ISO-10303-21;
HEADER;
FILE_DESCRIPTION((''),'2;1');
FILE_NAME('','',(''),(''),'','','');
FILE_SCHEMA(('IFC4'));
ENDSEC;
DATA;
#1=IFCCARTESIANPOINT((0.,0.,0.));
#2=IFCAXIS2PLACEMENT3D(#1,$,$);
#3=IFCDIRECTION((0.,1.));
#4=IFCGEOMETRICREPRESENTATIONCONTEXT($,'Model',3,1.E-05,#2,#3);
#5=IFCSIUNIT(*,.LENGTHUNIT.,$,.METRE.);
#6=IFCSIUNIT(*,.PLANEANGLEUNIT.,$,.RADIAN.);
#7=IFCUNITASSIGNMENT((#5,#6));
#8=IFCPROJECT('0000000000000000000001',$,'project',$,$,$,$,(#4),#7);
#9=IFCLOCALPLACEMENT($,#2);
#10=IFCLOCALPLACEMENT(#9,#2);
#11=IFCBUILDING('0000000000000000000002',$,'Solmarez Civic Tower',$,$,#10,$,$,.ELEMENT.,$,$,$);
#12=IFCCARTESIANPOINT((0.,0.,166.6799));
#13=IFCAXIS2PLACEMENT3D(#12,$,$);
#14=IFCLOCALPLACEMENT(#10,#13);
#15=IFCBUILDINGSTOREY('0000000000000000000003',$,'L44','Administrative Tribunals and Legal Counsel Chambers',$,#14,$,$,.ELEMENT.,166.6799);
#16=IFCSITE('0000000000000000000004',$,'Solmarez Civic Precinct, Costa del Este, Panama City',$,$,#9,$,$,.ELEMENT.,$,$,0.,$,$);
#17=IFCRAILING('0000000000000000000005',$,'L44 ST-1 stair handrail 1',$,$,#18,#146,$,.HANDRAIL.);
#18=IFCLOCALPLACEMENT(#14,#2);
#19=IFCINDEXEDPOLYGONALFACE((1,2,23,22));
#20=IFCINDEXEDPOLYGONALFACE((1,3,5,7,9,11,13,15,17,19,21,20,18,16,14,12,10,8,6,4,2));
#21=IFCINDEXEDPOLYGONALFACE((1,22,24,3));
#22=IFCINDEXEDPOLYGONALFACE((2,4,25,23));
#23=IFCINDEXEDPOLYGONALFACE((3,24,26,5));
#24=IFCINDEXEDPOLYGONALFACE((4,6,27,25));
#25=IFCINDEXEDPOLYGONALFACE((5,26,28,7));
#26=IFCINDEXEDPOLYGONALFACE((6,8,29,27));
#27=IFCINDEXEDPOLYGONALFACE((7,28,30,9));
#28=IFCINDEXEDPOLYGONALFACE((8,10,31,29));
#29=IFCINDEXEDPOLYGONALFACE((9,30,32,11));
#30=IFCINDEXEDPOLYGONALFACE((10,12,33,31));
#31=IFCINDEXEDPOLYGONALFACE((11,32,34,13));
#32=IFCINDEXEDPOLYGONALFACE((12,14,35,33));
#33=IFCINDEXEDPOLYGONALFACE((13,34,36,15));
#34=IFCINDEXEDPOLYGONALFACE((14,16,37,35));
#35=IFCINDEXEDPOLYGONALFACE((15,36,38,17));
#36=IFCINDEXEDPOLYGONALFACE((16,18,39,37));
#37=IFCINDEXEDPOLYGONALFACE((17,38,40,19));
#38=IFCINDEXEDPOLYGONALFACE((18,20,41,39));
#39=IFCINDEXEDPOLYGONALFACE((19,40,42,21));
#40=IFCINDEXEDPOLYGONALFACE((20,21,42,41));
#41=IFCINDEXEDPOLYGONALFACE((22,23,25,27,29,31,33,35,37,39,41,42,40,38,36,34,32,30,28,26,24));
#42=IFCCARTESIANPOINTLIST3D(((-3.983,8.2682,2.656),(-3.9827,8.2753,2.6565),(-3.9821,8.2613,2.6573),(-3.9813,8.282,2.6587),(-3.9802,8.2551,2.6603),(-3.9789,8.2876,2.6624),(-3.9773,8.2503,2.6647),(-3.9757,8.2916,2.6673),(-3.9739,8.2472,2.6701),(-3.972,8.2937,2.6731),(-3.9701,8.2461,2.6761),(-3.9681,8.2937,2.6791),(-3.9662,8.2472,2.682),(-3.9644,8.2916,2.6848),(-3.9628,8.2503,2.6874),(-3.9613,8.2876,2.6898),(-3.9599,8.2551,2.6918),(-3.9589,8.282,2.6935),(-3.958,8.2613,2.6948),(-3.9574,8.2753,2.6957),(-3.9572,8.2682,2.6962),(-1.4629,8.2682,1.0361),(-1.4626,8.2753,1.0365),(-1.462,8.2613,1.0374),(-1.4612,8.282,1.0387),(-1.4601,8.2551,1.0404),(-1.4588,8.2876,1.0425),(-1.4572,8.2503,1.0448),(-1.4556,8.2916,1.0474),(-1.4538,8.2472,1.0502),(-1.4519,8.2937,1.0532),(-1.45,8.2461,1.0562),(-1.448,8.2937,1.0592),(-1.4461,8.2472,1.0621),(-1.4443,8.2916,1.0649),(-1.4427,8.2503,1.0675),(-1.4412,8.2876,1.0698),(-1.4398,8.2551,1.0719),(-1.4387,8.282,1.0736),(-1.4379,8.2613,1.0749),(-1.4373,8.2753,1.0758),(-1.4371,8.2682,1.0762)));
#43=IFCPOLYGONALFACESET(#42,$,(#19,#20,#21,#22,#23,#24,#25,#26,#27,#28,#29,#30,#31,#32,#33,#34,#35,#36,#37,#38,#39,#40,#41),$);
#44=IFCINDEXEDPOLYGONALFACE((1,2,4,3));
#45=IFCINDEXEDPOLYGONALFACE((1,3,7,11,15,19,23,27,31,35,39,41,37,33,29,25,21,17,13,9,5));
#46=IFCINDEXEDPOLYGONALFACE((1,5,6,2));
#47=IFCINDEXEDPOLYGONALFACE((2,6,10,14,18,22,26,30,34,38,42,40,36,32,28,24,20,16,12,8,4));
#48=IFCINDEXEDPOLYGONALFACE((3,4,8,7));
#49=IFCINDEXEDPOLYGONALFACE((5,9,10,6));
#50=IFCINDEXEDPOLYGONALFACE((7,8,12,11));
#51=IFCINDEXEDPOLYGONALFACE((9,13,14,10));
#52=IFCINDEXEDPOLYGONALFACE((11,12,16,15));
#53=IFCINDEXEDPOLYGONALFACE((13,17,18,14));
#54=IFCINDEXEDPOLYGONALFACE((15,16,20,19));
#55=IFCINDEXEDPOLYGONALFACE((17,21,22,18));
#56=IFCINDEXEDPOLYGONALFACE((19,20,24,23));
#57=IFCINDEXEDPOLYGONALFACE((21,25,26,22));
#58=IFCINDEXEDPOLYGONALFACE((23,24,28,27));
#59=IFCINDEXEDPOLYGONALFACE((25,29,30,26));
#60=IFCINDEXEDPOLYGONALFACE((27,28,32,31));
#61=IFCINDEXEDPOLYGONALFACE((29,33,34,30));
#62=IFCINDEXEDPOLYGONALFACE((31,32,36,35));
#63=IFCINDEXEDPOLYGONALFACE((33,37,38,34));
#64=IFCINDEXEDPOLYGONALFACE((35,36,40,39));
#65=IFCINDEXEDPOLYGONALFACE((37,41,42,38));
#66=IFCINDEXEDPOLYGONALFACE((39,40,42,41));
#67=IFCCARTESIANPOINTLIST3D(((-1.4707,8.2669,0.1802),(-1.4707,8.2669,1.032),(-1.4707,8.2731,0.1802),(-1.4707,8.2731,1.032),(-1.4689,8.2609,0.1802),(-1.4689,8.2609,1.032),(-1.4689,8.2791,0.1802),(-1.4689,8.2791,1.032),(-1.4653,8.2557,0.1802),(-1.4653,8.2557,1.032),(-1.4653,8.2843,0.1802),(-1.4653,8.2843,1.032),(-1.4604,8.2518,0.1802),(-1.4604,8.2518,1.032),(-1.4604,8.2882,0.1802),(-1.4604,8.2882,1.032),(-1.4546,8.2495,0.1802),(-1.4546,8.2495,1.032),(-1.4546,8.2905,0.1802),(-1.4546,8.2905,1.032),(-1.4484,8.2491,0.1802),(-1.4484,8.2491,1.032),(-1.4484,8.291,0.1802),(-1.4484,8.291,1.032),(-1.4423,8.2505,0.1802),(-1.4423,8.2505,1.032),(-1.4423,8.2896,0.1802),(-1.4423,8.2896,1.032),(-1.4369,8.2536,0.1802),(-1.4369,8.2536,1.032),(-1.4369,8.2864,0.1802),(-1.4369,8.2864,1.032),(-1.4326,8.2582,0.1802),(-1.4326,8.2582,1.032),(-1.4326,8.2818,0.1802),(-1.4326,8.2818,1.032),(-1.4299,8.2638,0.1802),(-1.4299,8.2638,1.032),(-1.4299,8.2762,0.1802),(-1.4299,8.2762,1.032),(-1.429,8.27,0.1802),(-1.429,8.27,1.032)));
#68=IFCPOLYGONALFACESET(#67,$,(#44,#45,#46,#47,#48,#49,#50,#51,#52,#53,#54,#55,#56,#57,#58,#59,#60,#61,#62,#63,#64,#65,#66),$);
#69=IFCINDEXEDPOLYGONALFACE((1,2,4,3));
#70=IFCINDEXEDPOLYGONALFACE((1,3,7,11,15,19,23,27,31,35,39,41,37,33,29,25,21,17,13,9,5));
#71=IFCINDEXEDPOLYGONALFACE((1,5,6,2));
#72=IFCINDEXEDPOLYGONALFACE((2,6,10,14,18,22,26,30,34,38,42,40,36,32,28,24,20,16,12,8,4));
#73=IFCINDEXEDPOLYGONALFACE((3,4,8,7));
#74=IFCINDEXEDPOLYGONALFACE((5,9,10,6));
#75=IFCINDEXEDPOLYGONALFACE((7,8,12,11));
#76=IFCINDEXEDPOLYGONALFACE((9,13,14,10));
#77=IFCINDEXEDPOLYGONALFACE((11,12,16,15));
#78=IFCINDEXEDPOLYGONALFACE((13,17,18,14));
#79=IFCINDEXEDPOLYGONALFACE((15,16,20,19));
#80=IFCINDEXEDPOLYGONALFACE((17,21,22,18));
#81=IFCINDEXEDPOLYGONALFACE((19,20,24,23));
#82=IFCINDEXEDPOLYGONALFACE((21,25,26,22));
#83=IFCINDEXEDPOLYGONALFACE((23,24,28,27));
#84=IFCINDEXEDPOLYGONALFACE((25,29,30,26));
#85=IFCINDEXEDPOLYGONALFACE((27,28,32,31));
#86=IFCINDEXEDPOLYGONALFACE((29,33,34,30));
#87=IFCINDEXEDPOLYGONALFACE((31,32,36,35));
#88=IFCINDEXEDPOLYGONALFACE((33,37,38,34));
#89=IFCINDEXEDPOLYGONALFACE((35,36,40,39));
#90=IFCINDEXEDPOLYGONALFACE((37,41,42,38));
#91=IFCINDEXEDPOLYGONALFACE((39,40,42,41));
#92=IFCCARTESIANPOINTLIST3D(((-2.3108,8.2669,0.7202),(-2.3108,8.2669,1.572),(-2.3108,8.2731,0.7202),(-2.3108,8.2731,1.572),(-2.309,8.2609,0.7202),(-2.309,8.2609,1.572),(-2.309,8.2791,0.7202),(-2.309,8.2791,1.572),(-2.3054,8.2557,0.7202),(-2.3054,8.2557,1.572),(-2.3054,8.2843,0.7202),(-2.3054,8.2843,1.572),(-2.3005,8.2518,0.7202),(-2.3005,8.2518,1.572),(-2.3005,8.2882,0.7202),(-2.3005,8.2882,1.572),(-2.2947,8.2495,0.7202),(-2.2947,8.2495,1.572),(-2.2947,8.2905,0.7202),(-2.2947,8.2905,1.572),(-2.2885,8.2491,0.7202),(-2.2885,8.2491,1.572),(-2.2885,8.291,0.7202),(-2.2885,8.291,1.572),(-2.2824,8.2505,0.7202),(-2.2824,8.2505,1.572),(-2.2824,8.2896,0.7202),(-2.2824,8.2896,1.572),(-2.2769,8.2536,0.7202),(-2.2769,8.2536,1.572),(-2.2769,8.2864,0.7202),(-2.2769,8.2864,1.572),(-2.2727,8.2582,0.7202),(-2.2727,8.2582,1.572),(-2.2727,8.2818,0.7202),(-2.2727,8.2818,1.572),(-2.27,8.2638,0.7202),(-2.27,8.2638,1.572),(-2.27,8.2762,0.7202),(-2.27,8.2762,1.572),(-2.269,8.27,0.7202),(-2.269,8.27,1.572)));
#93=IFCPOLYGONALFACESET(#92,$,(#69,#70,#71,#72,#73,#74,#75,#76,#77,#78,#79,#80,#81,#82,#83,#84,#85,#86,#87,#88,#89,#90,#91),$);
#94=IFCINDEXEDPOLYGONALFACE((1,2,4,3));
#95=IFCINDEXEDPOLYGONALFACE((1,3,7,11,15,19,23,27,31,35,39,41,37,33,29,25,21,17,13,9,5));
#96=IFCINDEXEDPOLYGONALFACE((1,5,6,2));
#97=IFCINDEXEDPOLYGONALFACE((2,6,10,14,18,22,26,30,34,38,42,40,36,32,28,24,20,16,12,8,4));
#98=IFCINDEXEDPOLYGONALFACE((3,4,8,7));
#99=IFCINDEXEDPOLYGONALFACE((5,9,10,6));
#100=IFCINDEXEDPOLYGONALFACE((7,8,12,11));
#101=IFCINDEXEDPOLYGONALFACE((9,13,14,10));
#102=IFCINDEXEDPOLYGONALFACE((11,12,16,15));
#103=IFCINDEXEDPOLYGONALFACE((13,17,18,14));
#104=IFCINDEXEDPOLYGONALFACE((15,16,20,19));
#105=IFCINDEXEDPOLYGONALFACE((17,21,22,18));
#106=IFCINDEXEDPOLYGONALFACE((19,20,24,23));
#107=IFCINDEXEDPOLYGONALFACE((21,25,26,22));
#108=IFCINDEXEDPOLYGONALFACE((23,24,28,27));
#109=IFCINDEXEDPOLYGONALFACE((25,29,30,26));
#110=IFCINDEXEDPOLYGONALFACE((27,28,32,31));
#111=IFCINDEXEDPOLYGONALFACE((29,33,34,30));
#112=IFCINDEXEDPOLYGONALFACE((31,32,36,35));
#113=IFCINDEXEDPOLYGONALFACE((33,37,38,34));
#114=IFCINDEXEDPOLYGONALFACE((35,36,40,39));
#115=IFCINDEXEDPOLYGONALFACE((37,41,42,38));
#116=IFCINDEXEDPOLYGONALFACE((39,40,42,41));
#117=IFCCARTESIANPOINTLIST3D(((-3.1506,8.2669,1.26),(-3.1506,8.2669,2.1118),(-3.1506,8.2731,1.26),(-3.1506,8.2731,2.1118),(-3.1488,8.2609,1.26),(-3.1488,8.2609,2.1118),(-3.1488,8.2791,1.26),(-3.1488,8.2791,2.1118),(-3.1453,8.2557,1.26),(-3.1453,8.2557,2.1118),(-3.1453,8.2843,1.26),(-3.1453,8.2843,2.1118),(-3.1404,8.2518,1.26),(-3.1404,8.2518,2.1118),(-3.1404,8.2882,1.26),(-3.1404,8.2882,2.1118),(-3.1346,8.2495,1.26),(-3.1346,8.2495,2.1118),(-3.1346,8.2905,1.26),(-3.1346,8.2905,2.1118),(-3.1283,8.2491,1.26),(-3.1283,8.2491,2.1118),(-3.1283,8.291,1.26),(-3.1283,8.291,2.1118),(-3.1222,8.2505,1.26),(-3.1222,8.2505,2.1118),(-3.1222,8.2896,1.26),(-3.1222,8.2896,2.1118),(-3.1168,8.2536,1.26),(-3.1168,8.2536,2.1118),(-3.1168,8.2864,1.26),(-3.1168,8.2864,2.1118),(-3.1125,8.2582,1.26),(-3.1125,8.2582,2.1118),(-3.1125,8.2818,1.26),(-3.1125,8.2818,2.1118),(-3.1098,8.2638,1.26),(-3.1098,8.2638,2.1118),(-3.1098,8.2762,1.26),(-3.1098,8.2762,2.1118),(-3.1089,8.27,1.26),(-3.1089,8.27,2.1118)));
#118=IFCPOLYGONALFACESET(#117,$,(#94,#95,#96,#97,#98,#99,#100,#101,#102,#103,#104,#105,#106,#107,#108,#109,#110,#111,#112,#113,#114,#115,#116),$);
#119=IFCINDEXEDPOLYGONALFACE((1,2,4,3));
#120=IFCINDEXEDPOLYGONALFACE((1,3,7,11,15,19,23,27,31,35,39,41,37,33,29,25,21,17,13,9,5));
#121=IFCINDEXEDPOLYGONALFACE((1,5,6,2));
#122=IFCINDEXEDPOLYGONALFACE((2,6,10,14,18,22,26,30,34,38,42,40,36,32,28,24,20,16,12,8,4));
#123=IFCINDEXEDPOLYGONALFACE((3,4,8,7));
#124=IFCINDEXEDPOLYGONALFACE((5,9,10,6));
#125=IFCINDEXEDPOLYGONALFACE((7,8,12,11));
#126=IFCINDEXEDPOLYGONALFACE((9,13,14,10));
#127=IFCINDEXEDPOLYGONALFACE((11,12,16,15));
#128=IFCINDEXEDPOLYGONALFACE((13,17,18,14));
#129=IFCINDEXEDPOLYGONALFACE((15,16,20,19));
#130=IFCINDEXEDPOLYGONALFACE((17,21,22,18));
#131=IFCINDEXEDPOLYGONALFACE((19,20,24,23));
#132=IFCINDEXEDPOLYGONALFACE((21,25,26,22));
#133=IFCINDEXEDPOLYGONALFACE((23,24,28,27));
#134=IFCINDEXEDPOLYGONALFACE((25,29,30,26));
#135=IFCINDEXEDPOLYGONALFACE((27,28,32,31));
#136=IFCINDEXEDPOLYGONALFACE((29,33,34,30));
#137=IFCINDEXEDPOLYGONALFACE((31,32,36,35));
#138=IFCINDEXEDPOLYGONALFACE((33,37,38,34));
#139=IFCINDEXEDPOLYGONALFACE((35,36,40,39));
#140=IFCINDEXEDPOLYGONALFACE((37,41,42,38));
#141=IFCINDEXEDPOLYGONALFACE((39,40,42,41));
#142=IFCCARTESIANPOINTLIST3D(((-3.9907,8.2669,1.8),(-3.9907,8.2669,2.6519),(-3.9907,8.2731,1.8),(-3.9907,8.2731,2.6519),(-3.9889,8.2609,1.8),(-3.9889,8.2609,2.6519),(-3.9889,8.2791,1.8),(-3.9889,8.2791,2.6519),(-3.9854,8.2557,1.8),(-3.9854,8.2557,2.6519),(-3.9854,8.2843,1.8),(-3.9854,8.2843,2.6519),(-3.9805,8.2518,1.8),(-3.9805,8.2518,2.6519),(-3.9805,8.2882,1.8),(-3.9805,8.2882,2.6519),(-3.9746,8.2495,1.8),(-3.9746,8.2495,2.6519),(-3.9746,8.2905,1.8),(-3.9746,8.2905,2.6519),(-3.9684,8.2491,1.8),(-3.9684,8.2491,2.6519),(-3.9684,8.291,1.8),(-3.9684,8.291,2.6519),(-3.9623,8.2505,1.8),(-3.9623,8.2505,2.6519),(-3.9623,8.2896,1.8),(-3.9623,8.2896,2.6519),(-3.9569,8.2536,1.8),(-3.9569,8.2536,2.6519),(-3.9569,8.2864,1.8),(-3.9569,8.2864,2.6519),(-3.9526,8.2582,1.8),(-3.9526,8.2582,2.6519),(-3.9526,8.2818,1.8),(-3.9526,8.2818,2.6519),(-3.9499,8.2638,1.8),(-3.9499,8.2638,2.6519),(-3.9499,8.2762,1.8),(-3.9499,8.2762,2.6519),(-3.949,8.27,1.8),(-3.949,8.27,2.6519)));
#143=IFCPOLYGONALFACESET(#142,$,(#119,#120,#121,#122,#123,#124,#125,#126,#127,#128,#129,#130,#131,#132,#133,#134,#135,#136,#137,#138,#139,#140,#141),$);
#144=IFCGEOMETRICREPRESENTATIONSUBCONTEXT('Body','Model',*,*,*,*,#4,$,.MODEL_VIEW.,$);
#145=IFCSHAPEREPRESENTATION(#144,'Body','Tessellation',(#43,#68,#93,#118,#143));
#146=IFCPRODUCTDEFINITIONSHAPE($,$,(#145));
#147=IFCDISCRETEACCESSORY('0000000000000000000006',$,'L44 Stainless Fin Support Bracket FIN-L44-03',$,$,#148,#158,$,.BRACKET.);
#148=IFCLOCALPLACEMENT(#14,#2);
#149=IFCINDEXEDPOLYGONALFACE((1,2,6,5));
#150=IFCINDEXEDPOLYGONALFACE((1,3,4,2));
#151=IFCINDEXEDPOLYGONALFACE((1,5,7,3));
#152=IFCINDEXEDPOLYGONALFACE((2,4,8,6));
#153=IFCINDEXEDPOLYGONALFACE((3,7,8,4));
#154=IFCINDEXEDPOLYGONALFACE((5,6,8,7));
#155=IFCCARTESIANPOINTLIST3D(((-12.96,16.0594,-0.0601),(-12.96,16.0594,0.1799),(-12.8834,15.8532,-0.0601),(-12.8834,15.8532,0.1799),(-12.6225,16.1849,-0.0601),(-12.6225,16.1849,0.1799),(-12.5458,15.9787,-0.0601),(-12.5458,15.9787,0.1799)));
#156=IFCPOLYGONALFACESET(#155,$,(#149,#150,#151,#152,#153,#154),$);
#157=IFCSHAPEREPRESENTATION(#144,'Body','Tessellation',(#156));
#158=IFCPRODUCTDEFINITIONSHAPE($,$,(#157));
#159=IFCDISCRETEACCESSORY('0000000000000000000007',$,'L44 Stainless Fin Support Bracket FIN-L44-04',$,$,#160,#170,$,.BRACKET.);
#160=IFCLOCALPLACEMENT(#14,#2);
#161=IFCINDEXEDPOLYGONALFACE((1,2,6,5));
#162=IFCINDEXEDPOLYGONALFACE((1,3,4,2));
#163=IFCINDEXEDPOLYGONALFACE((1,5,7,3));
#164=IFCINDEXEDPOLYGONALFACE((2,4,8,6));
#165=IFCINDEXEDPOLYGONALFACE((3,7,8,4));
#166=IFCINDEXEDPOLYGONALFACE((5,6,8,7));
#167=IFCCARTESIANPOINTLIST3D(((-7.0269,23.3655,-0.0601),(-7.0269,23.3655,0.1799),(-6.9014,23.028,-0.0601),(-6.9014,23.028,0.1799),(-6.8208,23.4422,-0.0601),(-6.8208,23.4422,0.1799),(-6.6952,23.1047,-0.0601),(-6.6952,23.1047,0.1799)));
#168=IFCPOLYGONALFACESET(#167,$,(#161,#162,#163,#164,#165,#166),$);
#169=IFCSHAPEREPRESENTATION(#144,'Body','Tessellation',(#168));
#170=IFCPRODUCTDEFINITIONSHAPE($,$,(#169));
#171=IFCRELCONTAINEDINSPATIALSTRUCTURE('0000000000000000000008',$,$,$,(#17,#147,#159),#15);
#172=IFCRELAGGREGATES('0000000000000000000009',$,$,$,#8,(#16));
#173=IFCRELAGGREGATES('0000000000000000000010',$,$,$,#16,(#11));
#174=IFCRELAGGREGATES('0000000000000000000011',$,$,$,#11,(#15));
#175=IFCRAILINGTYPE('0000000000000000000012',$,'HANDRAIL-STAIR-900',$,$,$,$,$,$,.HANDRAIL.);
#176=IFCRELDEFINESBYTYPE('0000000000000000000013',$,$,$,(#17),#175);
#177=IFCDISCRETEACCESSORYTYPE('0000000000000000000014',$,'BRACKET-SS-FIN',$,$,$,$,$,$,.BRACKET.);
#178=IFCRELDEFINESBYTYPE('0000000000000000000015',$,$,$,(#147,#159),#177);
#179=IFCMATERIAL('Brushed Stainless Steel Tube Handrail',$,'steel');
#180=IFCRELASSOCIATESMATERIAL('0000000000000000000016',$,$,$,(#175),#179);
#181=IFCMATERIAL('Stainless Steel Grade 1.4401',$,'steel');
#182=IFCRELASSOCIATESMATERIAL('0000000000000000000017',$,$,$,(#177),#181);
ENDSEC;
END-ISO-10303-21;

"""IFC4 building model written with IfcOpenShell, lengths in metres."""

from ifc_helpers import new_model, si_unit, direction, frame, origin, origin_2d, place, context, subcontext, project, spatial, rectangle, circle, extrude, material, type_object, element, save


model = new_model("IFC4")

# Units and contexts
model_context = context("Model", 3, precision=1e-05, world=origin(), true_north=direction((0.0, 1.0)))
body_context = subcontext(model_context, "Body", "Model", "MODEL_VIEW")
ifc_project = project(units=[si_unit("LENGTHUNIT", "METRE"), si_unit("PLANEANGLEUNIT", "RADIAN")], contexts=[model_context])

# Site, building, storey
site_placement = place(None, origin())
site = spatial("IfcSite", under=ifc_project, at=site_placement, Name="Solmarez Civic Precinct, Costa del Este, Panama City", CompositionType="ELEMENT", RefElevation=0.0)
building_placement = place(site_placement, origin())
building = spatial("IfcBuilding", under=site, at=building_placement, Name="Solmarez Civic Tower", CompositionType="ELEMENT")
storey_placement = place(building_placement, frame((0.0, 0.0, 166.6799)))
storey = spatial("IfcBuildingStorey", under=building, at=storey_placement, Name="L44", Description="Administrative Tribunals and Legal Counsel Chambers", CompositionType="ELEMENT", Elevation=166.6799)

# Railing
ifc_material_1 = material(Name="Brushed Stainless Steel Tube Handrail", Category="steel")
railing_type = type_object("IfcRailingType", Name="HANDRAIL-STAIR-900", PredefinedType="HANDRAIL", material=ifc_material_1)
railing_placement = place(storey_placement, frame((-1.45, 8.27, 0.1802)))
element("IfcRailing", 1, at=railing_placement, inside=storey, type_object=railing_type, Name="L44 ST-1 stair handrail 1", PredefinedType="HANDRAIL", context=body_context, shape_type="SweptSolid", body=[
    extrude(circle(Radius=0.0239, at=origin_2d()), frame((0.0, 0.0, 0.876), z_axis=(-0.8412, 0.0, 0.540725), x_axis=(0.0, -1.0, 0.0)), (0.0, 0.0, 1.0), 2.9958),
    extrude(circle(Radius=0.021, at=origin_2d()), origin(), (0.0, 0.0, 1.0), 0.8518),
    extrude(circle(Radius=0.021, at=origin_2d()), frame((-0.8401, 0.0, 0.54)), (0.0, 0.0, 1.0), 0.8518),
    extrude(circle(Radius=0.021, at=origin_2d()), frame((-1.6799, 0.0, 1.0798)), (0.0, 0.0, 1.0), 0.8518),
    extrude(circle(Radius=0.021, at=origin_2d()), frame((-2.52, 0.0, 1.6199)), (0.0, 0.0, 1.0), 0.8518),
])

# Discrete accessories
ifc_material_2 = material(Name="Stainless Steel Grade 1.4401", Category="steel")
discrete_accessory_type = type_object("IfcDiscreteAccessoryType", Name="BRACKET-SS-FIN", PredefinedType="BRACKET", material=ifc_material_2)
for number, where, z_axis, x_axis, name in (
    (2, (-12.7529, 16.019, -0.0601), (0.0, 0.0, 1.0), (-0.937284, -0.348566, 0.0), "L44 Stainless Fin Support Bracket FIN-L44-03"),
    (3, (-6.8611, 23.2351, -0.0601), (0.0, 0.0, 1.0), (-0.348599, 0.937272, 0.0), "L44 Stainless Fin Support Bracket FIN-L44-04"),
):
    element("IfcDiscreteAccessory", number, at=place(storey_placement, frame(where, z_axis=z_axis, x_axis=x_axis)), inside=storey, type_object=discrete_accessory_type, Name=name, PredefinedType="BRACKET", context=body_context, shape_type="SweptSolid", body=[
        extrude(rectangle(XDim=0.3601, YDim=0.22, at=origin_2d()), origin(), (0.0, 0.0, 1.0), 0.24),
    ])

save(model, "model.ifc")
